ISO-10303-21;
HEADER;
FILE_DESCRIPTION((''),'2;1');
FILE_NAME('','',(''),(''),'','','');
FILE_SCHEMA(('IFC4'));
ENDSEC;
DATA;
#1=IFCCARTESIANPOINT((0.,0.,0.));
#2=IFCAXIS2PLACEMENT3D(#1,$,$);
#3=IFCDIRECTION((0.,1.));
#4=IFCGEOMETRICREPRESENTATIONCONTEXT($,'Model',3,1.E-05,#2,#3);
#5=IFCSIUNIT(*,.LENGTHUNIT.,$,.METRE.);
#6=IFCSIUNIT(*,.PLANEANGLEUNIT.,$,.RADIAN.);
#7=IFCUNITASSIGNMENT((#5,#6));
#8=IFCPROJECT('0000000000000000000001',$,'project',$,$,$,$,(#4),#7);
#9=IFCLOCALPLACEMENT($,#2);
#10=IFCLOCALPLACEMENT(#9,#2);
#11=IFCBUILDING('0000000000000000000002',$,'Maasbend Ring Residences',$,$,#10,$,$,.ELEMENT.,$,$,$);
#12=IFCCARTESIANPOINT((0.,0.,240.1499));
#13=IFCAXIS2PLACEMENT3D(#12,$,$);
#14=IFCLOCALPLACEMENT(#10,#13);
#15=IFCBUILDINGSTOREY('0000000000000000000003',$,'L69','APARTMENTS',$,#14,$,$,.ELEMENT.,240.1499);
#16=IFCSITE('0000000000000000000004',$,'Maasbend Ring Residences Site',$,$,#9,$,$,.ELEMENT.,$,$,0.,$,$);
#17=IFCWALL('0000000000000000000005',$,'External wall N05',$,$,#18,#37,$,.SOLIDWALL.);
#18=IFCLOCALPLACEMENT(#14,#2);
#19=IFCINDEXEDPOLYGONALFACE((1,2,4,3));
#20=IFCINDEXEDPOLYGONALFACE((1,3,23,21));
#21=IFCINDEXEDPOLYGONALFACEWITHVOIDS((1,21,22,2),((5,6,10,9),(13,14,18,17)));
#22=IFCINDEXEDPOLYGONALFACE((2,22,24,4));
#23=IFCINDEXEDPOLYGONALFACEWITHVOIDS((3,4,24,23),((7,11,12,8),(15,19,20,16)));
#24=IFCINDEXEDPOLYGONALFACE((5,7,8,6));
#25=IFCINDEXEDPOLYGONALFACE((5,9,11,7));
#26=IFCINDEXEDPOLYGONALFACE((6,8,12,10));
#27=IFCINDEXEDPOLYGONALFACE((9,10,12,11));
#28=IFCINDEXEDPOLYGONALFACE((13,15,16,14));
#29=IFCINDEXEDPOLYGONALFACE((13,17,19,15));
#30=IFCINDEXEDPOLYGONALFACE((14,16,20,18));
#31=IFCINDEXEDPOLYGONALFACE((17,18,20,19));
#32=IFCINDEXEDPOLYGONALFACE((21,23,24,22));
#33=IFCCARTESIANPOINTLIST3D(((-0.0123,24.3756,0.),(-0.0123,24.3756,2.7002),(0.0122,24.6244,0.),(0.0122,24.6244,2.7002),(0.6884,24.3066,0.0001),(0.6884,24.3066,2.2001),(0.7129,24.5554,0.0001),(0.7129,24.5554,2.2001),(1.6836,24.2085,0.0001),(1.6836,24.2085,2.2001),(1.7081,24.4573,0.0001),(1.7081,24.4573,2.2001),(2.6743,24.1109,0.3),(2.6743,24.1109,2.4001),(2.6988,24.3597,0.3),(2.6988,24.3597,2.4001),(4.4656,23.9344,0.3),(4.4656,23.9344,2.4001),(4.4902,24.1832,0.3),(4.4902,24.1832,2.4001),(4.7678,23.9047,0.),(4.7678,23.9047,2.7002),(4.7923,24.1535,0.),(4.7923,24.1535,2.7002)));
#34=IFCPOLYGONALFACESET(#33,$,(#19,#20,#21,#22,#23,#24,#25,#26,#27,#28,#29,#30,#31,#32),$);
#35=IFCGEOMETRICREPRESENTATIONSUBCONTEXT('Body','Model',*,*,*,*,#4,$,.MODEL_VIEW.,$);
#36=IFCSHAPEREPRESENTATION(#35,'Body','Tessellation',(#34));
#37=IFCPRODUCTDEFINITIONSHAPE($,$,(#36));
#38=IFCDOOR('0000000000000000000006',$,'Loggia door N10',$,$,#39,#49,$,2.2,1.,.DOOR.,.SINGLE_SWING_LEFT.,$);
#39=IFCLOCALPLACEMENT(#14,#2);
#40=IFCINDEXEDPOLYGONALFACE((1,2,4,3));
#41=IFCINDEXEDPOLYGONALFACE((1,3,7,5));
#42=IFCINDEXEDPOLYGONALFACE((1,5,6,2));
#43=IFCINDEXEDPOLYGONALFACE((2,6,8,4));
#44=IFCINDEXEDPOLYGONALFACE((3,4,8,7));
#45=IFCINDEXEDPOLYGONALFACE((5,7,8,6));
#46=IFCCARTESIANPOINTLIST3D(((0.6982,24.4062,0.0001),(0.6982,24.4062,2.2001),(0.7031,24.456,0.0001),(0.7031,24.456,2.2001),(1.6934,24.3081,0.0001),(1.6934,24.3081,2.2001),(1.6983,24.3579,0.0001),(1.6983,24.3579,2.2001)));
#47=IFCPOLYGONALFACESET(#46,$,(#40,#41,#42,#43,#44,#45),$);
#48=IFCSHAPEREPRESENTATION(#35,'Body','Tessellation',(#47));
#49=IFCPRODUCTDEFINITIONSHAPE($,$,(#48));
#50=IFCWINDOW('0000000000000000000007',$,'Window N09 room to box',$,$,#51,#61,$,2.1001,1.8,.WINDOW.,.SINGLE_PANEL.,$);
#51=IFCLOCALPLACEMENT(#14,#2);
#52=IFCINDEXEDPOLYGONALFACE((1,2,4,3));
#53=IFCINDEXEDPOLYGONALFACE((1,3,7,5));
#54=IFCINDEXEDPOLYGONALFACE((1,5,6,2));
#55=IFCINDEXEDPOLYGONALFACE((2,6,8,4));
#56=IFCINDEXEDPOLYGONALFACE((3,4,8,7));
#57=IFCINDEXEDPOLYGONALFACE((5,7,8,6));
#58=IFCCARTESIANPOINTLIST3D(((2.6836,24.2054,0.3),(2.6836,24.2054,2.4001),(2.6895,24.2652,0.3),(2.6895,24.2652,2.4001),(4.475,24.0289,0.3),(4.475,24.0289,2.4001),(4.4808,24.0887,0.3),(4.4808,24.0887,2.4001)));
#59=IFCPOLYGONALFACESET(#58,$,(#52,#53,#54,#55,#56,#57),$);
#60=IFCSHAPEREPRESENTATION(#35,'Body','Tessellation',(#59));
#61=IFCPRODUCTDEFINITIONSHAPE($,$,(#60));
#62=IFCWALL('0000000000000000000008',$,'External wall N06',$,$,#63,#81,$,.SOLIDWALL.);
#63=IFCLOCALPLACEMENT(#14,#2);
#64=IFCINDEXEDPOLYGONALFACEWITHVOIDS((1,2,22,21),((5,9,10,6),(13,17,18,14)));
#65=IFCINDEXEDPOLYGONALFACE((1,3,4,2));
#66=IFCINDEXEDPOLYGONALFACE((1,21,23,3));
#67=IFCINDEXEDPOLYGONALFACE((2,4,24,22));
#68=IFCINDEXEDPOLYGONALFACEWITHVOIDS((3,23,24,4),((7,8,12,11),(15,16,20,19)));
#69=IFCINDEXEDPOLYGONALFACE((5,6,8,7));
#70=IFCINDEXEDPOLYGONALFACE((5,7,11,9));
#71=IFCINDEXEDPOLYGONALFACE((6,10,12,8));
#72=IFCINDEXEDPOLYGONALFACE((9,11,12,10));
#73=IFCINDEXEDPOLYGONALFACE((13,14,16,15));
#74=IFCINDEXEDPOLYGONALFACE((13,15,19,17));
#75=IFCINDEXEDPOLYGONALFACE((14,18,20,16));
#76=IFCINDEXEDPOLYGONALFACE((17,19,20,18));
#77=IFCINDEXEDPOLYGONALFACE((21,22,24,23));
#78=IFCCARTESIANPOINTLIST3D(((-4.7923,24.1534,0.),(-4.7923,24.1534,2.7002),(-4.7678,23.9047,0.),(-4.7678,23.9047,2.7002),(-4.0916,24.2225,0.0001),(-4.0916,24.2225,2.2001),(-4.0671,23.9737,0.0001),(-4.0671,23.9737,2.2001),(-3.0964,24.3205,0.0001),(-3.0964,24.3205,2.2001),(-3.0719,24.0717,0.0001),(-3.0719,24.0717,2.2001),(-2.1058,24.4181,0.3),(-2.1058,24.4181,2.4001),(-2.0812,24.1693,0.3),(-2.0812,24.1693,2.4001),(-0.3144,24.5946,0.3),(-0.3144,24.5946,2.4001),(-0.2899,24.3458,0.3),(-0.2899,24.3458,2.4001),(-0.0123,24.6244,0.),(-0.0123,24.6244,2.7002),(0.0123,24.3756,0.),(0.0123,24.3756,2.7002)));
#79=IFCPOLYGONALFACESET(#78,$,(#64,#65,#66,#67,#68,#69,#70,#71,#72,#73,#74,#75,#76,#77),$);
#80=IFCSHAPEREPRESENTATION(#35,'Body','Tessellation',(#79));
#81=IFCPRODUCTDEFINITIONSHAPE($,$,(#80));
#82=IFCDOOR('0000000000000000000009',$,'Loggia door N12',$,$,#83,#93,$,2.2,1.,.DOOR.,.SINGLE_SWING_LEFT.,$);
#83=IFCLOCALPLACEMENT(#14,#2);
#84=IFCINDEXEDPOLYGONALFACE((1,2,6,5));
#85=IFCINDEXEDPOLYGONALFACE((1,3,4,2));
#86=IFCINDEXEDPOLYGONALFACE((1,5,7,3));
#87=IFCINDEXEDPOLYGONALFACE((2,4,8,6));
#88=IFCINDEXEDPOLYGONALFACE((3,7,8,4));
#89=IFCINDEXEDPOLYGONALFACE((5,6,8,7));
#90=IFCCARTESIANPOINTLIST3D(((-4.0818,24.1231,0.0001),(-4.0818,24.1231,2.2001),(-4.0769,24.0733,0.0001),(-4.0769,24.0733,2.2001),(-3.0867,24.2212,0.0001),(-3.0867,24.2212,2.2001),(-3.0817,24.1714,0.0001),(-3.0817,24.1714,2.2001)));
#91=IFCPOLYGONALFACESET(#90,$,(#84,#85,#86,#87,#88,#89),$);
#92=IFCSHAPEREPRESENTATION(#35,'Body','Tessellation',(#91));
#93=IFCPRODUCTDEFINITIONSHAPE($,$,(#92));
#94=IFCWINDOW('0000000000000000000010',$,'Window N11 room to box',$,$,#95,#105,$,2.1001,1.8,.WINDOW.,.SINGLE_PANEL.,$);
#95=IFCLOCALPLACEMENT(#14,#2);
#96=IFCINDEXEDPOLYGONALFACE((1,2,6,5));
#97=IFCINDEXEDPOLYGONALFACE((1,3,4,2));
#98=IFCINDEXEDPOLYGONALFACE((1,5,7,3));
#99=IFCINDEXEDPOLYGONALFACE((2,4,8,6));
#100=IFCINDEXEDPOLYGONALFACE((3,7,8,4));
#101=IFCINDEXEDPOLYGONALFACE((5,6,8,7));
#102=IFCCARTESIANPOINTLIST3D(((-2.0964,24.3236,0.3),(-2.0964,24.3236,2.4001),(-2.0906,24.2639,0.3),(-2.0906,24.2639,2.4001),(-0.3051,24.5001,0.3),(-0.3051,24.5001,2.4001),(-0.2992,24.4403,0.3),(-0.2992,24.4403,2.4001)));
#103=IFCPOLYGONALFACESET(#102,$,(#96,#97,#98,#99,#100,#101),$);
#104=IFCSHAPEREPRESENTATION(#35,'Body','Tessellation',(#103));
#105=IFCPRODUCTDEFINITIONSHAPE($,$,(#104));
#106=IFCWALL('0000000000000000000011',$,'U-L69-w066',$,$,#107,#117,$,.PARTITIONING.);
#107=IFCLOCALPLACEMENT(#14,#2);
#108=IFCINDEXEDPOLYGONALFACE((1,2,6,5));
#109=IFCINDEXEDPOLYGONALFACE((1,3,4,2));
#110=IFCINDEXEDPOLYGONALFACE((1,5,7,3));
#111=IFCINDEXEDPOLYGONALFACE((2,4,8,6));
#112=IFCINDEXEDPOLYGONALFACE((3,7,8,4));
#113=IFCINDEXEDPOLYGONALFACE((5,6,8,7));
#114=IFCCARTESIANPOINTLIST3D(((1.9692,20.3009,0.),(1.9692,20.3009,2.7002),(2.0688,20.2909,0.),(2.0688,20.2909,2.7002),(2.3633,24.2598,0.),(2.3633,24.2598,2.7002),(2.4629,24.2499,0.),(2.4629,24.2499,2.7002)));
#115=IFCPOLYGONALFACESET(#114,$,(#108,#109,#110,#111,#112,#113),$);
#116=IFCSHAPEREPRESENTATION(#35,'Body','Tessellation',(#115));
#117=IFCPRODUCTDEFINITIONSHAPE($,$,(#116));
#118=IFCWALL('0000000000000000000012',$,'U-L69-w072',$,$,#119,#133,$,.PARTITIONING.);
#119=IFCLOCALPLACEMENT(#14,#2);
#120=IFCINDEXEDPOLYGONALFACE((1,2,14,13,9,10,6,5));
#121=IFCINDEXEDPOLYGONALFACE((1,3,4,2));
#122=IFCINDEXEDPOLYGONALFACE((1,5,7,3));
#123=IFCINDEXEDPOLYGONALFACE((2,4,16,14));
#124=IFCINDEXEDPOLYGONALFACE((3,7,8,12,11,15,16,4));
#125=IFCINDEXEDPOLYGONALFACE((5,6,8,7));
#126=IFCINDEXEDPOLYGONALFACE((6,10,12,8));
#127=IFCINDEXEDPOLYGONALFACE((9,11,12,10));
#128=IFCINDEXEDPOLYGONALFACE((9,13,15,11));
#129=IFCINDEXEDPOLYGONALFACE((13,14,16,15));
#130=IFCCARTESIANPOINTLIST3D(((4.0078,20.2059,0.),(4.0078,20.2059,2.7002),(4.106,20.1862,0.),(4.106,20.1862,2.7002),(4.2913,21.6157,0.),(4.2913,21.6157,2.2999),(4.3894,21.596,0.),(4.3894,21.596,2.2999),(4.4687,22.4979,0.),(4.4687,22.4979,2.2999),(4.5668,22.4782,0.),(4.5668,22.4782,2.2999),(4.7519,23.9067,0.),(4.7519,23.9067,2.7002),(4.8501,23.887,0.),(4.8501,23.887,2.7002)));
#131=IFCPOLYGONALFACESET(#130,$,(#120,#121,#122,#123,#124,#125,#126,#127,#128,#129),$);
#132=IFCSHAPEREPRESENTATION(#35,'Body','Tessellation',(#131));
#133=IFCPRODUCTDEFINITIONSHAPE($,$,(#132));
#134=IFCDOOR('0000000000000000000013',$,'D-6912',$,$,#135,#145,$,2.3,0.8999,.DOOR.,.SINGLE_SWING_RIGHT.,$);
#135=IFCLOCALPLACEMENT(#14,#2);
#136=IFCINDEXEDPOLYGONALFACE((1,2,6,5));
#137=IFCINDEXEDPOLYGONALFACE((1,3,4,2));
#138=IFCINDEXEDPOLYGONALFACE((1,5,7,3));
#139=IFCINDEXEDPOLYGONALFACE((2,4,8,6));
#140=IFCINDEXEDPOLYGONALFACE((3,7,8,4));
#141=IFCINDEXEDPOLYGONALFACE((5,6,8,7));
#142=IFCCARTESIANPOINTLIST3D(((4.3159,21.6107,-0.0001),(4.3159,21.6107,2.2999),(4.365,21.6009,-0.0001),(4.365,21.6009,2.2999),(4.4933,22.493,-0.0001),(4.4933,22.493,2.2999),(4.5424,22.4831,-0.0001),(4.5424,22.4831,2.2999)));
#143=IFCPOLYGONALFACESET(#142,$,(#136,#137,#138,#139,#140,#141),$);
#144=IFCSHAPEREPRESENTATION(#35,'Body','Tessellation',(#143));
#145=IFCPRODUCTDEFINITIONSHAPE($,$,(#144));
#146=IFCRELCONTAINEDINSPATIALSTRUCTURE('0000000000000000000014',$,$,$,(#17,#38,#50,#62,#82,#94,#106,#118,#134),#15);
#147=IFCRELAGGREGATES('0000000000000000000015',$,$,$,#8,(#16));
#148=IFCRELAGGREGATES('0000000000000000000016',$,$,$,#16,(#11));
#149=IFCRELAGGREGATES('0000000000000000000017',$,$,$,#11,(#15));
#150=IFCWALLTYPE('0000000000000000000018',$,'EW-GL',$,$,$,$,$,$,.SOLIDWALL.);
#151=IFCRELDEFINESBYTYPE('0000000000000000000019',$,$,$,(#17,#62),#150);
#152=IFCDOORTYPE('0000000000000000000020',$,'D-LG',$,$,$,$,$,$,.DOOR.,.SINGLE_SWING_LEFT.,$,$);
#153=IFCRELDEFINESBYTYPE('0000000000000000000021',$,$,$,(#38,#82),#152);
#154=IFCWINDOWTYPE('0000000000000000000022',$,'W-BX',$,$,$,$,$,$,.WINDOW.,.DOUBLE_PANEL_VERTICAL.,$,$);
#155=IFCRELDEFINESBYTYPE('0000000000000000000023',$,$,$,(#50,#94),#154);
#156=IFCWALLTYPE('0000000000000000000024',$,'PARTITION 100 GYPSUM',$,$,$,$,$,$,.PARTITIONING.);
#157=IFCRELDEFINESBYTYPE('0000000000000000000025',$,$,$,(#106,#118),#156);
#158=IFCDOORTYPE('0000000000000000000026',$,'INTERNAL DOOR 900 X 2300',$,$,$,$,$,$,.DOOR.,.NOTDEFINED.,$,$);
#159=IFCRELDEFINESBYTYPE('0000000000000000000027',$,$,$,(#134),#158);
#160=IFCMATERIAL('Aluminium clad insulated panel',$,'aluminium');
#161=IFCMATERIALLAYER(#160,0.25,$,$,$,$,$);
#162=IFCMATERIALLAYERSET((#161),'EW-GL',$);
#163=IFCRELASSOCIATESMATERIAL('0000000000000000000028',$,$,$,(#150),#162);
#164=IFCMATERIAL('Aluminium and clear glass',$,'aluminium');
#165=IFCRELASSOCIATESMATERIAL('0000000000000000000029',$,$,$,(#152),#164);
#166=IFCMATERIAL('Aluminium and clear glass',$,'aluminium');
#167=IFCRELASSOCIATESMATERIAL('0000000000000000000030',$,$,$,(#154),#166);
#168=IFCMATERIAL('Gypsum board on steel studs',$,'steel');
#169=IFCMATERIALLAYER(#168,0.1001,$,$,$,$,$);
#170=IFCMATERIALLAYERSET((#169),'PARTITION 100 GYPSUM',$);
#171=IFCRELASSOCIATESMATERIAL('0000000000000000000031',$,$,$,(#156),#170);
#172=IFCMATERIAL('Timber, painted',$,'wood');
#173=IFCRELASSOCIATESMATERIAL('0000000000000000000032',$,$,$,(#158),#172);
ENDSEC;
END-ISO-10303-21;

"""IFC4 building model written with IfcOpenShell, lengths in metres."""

from ifc_helpers import new_model, si_unit, direction, frame, frame_2d, origin, place, context, subcontext, project, spatial, rectangle, extrude, material, layer, layer_set, type_object, element, fill, save


model = new_model("IFC4")

# Units and contexts
model_context = context("Model", 3, precision=1e-05, world=origin(), true_north=direction((0.0, 1.0)))
body_context = subcontext(model_context, "Body", "Model", "MODEL_VIEW")
ifc_project = project(units=[si_unit("LENGTHUNIT", "METRE"), si_unit("PLANEANGLEUNIT", "RADIAN")], contexts=[model_context])

# Site, building, storey
site_placement = place(None, origin())
site = spatial("IfcSite", under=ifc_project, at=site_placement, Name="Maasbend Ring Residences Site", CompositionType="ELEMENT", RefElevation=0.0)
building_placement = place(site_placement, origin())
building = spatial("IfcBuilding", under=site, at=building_placement, Name="Maasbend Ring Residences", CompositionType="ELEMENT")
storey_placement = place(building_placement, frame((0.0, 0.0, 240.1499)))
storey = spatial("IfcBuildingStorey", under=building, at=storey_placement, Name="L69", Description="APARTMENTS", CompositionType="ELEMENT", Elevation=240.1499)

# Walls, openings, doors, windows
ifc_material_1 = material(Name="Aluminium clad insulated panel", Category="aluminium")
ifc_layer_1 = layer(ifc_material_1, 0.25)
ifc_layer_set_1 = layer_set([ifc_layer_1], Name="EW-GL")
wall_type_1 = type_object("IfcWallType", Name="EW-GL", PredefinedType="SOLIDWALL", material=ifc_layer_set_1)
ifc_material_2 = material(Name="Aluminium and clear glass", Category="aluminium")
door_type_1 = type_object("IfcDoorType", Name="D-LG", OperationType="SINGLE_SWING_LEFT", PredefinedType="DOOR", material=ifc_material_2)
ifc_material_3 = material(Name="Aluminium and clear glass", Category="aluminium")
window_type_1 = type_object("IfcWindowType", Name="W-BX", PartitioningType="DOUBLE_PANEL_VERTICAL", PredefinedType="WINDOW", material=ifc_material_3)
wall_1_placement = place(storey_placement, frame((4.78, 24.0291, 0.0), z_axis=(0.0, 0.0, 1.0), x_axis=(-0.995182, 0.098049, 0.0)))
wall_1 = element("IfcWall", 1, at=wall_1_placement, inside=storey, type_object=wall_type_1, Name="External wall N05", PredefinedType="SOLIDWALL", context=body_context, shape_type="SweptSolid", body=[
    extrude(rectangle(XDim=4.8032, YDim=0.25, at=frame_2d((2.4016, 0.0))), origin(), (0.0, 0.0, 1.0), 2.7002),
])
opening_1_placement = place(wall_1_placement, frame((0.3037, 0.0, 0.3)))
opening_1 = element("IfcOpeningElement", 2, at=opening_1_placement, cuts=wall_1, PredefinedType="OPENING", context=body_context, shape_type="SweptSolid", body=[
    extrude(rectangle(XDim=1.8, YDim=2.1001, at=frame_2d((0.8999, 1.05))), frame((0.0, 0.135, 0.0), z_axis=(0.0, -1.0, 0.0), x_axis=(1.0, 0.0, 0.0)), (0.0, 0.0, 1.0), 0.27),
])
opening_2_placement = place(wall_1_placement, frame((3.0991, 0.0, 0.0)))
opening_2 = element("IfcOpeningElement", 3, at=opening_2_placement, cuts=wall_1, PredefinedType="OPENING", context=body_context, shape_type="SweptSolid", body=[
    extrude(rectangle(XDim=1.0, YDim=2.2, at=frame_2d((0.5, 1.1001))), frame((0.0, 0.135, 0.0), z_axis=(0.0, -1.0, 0.0), x_axis=(1.0, 0.0, 0.0)), (0.0, 0.0, 1.0), 0.27),
])
door_1_placement = place(opening_2_placement, origin())
door_1 = element("IfcDoor", 4, at=door_1_placement, inside=storey, type_object=door_type_1, Name="Loggia door N10", OperationType="SINGLE_SWING_LEFT", OverallHeight=2.2, OverallWidth=1.0, PredefinedType="DOOR", context=body_context, shape_type="SweptSolid", body=[
    extrude(rectangle(XDim=1.0, YDim=2.2, at=frame_2d((0.5, 1.1001))), frame((0.0, 0.0249, 0.0), z_axis=(0.0, -1.0, 0.0), x_axis=(1.0, 0.0, 0.0)), (0.0, 0.0, 1.0), 0.05),
])
fill(opening_2, door_1)
window_1_placement = place(opening_1_placement, origin())
window_1 = element("IfcWindow", 5, at=window_1_placement, inside=storey, type_object=window_type_1, Name="Window N09 room to box", OverallHeight=2.1001, OverallWidth=1.8, PartitioningType="SINGLE_PANEL", PredefinedType="WINDOW", context=body_context, shape_type="SweptSolid", body=[
    extrude(rectangle(XDim=1.8, YDim=2.1001, at=frame_2d((0.8999, 1.05))), frame((0.0, 0.03, 0.0), z_axis=(0.0, -1.0, 0.0), x_axis=(1.0, 0.0, 0.0)), (0.0, 0.0, 1.0), 0.0601),
])
fill(opening_1, window_1)
wall_2_placement = place(storey_placement, frame((0.0, 24.5, 0.0), z_axis=(0.0, 0.0, 1.0), x_axis=(-0.995182, -0.098049, 0.0)))
wall_2 = element("IfcWall", 6, at=wall_2_placement, inside=storey, type_object=wall_type_1, Name="External wall N06", PredefinedType="SOLIDWALL", context=body_context, shape_type="SweptSolid", body=[
    extrude(rectangle(XDim=4.8032, YDim=0.25, at=frame_2d((2.4016, 0.0))), origin(), (0.0, 0.0, 1.0), 2.7002),
])
opening_3_placement = place(wall_2_placement, frame((0.3037, 0.0, 0.3)))
opening_3 = element("IfcOpeningElement", 7, at=opening_3_placement, cuts=wall_2, PredefinedType="OPENING", context=body_context, shape_type="SweptSolid", body=[
    extrude(rectangle(XDim=1.8, YDim=2.1001, at=frame_2d((0.8999, 1.05))), frame((0.0, 0.135, 0.0), z_axis=(0.0, -1.0, 0.0), x_axis=(1.0, 0.0, 0.0)), (0.0, 0.0, 1.0), 0.27),
])
opening_4_placement = place(wall_2_placement, frame((3.0991, 0.0, 0.0)))
opening_4 = element("IfcOpeningElement", 8, at=opening_4_placement, cuts=wall_2, PredefinedType="OPENING", context=body_context, shape_type="SweptSolid", body=[
    extrude(rectangle(XDim=1.0, YDim=2.2, at=frame_2d((0.5, 1.1001))), frame((0.0, 0.135, 0.0), z_axis=(0.0, -1.0, 0.0), x_axis=(1.0, 0.0, 0.0)), (0.0, 0.0, 1.0), 0.27),
])
door_2_placement = place(opening_4_placement, origin())
door_2 = element("IfcDoor", 9, at=door_2_placement, inside=storey, type_object=door_type_1, Name="Loggia door N12", OperationType="SINGLE_SWING_LEFT", OverallHeight=2.2, OverallWidth=1.0, PredefinedType="DOOR", context=body_context, shape_type="SweptSolid", body=[
    extrude(rectangle(XDim=1.0, YDim=2.2, at=frame_2d((0.5, 1.1001))), frame((0.0, 0.0249, 0.0), z_axis=(0.0, -1.0, 0.0), x_axis=(1.0, 0.0, 0.0)), (0.0, 0.0, 1.0), 0.05),
])
fill(opening_4, door_2)
window_2_placement = place(opening_3_placement, origin())
window_2 = element("IfcWindow", 10, at=window_2_placement, inside=storey, type_object=window_type_1, Name="Window N11 room to box", OverallHeight=2.1001, OverallWidth=1.8, PartitioningType="SINGLE_PANEL", PredefinedType="WINDOW", context=body_context, shape_type="SweptSolid", body=[
    extrude(rectangle(XDim=1.8, YDim=2.1001, at=frame_2d((0.8999, 1.05))), frame((0.0, 0.03, 0.0), z_axis=(0.0, -1.0, 0.0), x_axis=(1.0, 0.0, 0.0)), (0.0, 0.0, 1.0), 0.0601),
])
fill(opening_3, window_2)

# Wall
ifc_material_4 = material(Name="Gypsum board on steel studs", Category="steel")
ifc_layer_2 = layer(ifc_material_4, 0.1001)
ifc_layer_set_2 = layer_set([ifc_layer_2], Name="PARTITION 100 GYPSUM")
wall_type_2 = type_object("IfcWallType", Name="PARTITION 100 GYPSUM", PredefinedType="PARTITIONING", material=ifc_layer_set_2)
wall_3_placement = place(storey_placement, frame((2.019, 20.2959, 0.0), z_axis=(0.0, 0.0, 1.0), x_axis=(0.099042, 0.995083, 0.0)))
element("IfcWall", 11, at=wall_3_placement, inside=storey, type_object=wall_type_2, Name="U-L69-w066", PredefinedType="PARTITIONING", context=body_context, shape_type="SweptSolid", body=[
    extrude(rectangle(XDim=3.9785, YDim=0.1001, at=frame_2d((1.9893, 0.0))), origin(), (0.0, 0.0, 1.0), 2.7002),
])

# Wall, opening, door
wall_4_placement = place(storey_placement, frame((4.0569, 20.196, 0.0), z_axis=(0.0, 0.0, 1.0), x_axis=(0.197123, 0.980379, 0.0)))
wall_4 = element("IfcWall", 12, at=wall_4_placement, inside=storey, type_object=wall_type_2, Name="U-L69-w072", PredefinedType="PARTITIONING", context=body_context, shape_type="SweptSolid", body=[
    extrude(rectangle(XDim=3.7749, YDim=0.1001, at=frame_2d((1.8875, 0.0))), origin(), (0.0, 0.0, 1.0), 2.7002),
])
opening_5_placement = place(wall_4_placement, frame((1.438, 0.0, 0.0)))
opening_5 = element("IfcOpeningElement", 13, at=opening_5_placement, cuts=wall_4, PredefinedType="OPENING", context=body_context, shape_type="SweptSolid", body=[
    extrude(rectangle(XDim=0.8999, YDim=2.3, at=frame_2d((0.45, 1.1499))), frame((0.0, 0.0601, 0.0), z_axis=(0.0, -1.0, 0.0), x_axis=(1.0, 0.0, 0.0)), (0.0, 0.0, 1.0), 0.1201),
])
ifc_material_5 = material(Name="Timber, painted", Category="wood")
door_type_2 = type_object("IfcDoorType", Name="INTERNAL DOOR 900 X 2300", OperationType="NOTDEFINED", PredefinedType="DOOR", material=ifc_material_5)
door_3_placement = place(opening_5_placement, origin())
door_3 = element("IfcDoor", 14, at=door_3_placement, inside=storey, type_object=door_type_2, Name="D-6912", OperationType="SINGLE_SWING_RIGHT", OverallHeight=2.3, OverallWidth=0.8999, PredefinedType="DOOR", context=body_context, shape_type="SweptSolid", body=[
    extrude(rectangle(XDim=0.8999, YDim=2.3, at=frame_2d((0.45, 1.1499))), frame((0.0, 0.0249, 0.0), z_axis=(0.0, -1.0, 0.0), x_axis=(1.0, 0.0, 0.0)), (0.0, 0.0, 1.0), 0.05),
])
fill(opening_5, door_3)

save(model, "model.ifc")
